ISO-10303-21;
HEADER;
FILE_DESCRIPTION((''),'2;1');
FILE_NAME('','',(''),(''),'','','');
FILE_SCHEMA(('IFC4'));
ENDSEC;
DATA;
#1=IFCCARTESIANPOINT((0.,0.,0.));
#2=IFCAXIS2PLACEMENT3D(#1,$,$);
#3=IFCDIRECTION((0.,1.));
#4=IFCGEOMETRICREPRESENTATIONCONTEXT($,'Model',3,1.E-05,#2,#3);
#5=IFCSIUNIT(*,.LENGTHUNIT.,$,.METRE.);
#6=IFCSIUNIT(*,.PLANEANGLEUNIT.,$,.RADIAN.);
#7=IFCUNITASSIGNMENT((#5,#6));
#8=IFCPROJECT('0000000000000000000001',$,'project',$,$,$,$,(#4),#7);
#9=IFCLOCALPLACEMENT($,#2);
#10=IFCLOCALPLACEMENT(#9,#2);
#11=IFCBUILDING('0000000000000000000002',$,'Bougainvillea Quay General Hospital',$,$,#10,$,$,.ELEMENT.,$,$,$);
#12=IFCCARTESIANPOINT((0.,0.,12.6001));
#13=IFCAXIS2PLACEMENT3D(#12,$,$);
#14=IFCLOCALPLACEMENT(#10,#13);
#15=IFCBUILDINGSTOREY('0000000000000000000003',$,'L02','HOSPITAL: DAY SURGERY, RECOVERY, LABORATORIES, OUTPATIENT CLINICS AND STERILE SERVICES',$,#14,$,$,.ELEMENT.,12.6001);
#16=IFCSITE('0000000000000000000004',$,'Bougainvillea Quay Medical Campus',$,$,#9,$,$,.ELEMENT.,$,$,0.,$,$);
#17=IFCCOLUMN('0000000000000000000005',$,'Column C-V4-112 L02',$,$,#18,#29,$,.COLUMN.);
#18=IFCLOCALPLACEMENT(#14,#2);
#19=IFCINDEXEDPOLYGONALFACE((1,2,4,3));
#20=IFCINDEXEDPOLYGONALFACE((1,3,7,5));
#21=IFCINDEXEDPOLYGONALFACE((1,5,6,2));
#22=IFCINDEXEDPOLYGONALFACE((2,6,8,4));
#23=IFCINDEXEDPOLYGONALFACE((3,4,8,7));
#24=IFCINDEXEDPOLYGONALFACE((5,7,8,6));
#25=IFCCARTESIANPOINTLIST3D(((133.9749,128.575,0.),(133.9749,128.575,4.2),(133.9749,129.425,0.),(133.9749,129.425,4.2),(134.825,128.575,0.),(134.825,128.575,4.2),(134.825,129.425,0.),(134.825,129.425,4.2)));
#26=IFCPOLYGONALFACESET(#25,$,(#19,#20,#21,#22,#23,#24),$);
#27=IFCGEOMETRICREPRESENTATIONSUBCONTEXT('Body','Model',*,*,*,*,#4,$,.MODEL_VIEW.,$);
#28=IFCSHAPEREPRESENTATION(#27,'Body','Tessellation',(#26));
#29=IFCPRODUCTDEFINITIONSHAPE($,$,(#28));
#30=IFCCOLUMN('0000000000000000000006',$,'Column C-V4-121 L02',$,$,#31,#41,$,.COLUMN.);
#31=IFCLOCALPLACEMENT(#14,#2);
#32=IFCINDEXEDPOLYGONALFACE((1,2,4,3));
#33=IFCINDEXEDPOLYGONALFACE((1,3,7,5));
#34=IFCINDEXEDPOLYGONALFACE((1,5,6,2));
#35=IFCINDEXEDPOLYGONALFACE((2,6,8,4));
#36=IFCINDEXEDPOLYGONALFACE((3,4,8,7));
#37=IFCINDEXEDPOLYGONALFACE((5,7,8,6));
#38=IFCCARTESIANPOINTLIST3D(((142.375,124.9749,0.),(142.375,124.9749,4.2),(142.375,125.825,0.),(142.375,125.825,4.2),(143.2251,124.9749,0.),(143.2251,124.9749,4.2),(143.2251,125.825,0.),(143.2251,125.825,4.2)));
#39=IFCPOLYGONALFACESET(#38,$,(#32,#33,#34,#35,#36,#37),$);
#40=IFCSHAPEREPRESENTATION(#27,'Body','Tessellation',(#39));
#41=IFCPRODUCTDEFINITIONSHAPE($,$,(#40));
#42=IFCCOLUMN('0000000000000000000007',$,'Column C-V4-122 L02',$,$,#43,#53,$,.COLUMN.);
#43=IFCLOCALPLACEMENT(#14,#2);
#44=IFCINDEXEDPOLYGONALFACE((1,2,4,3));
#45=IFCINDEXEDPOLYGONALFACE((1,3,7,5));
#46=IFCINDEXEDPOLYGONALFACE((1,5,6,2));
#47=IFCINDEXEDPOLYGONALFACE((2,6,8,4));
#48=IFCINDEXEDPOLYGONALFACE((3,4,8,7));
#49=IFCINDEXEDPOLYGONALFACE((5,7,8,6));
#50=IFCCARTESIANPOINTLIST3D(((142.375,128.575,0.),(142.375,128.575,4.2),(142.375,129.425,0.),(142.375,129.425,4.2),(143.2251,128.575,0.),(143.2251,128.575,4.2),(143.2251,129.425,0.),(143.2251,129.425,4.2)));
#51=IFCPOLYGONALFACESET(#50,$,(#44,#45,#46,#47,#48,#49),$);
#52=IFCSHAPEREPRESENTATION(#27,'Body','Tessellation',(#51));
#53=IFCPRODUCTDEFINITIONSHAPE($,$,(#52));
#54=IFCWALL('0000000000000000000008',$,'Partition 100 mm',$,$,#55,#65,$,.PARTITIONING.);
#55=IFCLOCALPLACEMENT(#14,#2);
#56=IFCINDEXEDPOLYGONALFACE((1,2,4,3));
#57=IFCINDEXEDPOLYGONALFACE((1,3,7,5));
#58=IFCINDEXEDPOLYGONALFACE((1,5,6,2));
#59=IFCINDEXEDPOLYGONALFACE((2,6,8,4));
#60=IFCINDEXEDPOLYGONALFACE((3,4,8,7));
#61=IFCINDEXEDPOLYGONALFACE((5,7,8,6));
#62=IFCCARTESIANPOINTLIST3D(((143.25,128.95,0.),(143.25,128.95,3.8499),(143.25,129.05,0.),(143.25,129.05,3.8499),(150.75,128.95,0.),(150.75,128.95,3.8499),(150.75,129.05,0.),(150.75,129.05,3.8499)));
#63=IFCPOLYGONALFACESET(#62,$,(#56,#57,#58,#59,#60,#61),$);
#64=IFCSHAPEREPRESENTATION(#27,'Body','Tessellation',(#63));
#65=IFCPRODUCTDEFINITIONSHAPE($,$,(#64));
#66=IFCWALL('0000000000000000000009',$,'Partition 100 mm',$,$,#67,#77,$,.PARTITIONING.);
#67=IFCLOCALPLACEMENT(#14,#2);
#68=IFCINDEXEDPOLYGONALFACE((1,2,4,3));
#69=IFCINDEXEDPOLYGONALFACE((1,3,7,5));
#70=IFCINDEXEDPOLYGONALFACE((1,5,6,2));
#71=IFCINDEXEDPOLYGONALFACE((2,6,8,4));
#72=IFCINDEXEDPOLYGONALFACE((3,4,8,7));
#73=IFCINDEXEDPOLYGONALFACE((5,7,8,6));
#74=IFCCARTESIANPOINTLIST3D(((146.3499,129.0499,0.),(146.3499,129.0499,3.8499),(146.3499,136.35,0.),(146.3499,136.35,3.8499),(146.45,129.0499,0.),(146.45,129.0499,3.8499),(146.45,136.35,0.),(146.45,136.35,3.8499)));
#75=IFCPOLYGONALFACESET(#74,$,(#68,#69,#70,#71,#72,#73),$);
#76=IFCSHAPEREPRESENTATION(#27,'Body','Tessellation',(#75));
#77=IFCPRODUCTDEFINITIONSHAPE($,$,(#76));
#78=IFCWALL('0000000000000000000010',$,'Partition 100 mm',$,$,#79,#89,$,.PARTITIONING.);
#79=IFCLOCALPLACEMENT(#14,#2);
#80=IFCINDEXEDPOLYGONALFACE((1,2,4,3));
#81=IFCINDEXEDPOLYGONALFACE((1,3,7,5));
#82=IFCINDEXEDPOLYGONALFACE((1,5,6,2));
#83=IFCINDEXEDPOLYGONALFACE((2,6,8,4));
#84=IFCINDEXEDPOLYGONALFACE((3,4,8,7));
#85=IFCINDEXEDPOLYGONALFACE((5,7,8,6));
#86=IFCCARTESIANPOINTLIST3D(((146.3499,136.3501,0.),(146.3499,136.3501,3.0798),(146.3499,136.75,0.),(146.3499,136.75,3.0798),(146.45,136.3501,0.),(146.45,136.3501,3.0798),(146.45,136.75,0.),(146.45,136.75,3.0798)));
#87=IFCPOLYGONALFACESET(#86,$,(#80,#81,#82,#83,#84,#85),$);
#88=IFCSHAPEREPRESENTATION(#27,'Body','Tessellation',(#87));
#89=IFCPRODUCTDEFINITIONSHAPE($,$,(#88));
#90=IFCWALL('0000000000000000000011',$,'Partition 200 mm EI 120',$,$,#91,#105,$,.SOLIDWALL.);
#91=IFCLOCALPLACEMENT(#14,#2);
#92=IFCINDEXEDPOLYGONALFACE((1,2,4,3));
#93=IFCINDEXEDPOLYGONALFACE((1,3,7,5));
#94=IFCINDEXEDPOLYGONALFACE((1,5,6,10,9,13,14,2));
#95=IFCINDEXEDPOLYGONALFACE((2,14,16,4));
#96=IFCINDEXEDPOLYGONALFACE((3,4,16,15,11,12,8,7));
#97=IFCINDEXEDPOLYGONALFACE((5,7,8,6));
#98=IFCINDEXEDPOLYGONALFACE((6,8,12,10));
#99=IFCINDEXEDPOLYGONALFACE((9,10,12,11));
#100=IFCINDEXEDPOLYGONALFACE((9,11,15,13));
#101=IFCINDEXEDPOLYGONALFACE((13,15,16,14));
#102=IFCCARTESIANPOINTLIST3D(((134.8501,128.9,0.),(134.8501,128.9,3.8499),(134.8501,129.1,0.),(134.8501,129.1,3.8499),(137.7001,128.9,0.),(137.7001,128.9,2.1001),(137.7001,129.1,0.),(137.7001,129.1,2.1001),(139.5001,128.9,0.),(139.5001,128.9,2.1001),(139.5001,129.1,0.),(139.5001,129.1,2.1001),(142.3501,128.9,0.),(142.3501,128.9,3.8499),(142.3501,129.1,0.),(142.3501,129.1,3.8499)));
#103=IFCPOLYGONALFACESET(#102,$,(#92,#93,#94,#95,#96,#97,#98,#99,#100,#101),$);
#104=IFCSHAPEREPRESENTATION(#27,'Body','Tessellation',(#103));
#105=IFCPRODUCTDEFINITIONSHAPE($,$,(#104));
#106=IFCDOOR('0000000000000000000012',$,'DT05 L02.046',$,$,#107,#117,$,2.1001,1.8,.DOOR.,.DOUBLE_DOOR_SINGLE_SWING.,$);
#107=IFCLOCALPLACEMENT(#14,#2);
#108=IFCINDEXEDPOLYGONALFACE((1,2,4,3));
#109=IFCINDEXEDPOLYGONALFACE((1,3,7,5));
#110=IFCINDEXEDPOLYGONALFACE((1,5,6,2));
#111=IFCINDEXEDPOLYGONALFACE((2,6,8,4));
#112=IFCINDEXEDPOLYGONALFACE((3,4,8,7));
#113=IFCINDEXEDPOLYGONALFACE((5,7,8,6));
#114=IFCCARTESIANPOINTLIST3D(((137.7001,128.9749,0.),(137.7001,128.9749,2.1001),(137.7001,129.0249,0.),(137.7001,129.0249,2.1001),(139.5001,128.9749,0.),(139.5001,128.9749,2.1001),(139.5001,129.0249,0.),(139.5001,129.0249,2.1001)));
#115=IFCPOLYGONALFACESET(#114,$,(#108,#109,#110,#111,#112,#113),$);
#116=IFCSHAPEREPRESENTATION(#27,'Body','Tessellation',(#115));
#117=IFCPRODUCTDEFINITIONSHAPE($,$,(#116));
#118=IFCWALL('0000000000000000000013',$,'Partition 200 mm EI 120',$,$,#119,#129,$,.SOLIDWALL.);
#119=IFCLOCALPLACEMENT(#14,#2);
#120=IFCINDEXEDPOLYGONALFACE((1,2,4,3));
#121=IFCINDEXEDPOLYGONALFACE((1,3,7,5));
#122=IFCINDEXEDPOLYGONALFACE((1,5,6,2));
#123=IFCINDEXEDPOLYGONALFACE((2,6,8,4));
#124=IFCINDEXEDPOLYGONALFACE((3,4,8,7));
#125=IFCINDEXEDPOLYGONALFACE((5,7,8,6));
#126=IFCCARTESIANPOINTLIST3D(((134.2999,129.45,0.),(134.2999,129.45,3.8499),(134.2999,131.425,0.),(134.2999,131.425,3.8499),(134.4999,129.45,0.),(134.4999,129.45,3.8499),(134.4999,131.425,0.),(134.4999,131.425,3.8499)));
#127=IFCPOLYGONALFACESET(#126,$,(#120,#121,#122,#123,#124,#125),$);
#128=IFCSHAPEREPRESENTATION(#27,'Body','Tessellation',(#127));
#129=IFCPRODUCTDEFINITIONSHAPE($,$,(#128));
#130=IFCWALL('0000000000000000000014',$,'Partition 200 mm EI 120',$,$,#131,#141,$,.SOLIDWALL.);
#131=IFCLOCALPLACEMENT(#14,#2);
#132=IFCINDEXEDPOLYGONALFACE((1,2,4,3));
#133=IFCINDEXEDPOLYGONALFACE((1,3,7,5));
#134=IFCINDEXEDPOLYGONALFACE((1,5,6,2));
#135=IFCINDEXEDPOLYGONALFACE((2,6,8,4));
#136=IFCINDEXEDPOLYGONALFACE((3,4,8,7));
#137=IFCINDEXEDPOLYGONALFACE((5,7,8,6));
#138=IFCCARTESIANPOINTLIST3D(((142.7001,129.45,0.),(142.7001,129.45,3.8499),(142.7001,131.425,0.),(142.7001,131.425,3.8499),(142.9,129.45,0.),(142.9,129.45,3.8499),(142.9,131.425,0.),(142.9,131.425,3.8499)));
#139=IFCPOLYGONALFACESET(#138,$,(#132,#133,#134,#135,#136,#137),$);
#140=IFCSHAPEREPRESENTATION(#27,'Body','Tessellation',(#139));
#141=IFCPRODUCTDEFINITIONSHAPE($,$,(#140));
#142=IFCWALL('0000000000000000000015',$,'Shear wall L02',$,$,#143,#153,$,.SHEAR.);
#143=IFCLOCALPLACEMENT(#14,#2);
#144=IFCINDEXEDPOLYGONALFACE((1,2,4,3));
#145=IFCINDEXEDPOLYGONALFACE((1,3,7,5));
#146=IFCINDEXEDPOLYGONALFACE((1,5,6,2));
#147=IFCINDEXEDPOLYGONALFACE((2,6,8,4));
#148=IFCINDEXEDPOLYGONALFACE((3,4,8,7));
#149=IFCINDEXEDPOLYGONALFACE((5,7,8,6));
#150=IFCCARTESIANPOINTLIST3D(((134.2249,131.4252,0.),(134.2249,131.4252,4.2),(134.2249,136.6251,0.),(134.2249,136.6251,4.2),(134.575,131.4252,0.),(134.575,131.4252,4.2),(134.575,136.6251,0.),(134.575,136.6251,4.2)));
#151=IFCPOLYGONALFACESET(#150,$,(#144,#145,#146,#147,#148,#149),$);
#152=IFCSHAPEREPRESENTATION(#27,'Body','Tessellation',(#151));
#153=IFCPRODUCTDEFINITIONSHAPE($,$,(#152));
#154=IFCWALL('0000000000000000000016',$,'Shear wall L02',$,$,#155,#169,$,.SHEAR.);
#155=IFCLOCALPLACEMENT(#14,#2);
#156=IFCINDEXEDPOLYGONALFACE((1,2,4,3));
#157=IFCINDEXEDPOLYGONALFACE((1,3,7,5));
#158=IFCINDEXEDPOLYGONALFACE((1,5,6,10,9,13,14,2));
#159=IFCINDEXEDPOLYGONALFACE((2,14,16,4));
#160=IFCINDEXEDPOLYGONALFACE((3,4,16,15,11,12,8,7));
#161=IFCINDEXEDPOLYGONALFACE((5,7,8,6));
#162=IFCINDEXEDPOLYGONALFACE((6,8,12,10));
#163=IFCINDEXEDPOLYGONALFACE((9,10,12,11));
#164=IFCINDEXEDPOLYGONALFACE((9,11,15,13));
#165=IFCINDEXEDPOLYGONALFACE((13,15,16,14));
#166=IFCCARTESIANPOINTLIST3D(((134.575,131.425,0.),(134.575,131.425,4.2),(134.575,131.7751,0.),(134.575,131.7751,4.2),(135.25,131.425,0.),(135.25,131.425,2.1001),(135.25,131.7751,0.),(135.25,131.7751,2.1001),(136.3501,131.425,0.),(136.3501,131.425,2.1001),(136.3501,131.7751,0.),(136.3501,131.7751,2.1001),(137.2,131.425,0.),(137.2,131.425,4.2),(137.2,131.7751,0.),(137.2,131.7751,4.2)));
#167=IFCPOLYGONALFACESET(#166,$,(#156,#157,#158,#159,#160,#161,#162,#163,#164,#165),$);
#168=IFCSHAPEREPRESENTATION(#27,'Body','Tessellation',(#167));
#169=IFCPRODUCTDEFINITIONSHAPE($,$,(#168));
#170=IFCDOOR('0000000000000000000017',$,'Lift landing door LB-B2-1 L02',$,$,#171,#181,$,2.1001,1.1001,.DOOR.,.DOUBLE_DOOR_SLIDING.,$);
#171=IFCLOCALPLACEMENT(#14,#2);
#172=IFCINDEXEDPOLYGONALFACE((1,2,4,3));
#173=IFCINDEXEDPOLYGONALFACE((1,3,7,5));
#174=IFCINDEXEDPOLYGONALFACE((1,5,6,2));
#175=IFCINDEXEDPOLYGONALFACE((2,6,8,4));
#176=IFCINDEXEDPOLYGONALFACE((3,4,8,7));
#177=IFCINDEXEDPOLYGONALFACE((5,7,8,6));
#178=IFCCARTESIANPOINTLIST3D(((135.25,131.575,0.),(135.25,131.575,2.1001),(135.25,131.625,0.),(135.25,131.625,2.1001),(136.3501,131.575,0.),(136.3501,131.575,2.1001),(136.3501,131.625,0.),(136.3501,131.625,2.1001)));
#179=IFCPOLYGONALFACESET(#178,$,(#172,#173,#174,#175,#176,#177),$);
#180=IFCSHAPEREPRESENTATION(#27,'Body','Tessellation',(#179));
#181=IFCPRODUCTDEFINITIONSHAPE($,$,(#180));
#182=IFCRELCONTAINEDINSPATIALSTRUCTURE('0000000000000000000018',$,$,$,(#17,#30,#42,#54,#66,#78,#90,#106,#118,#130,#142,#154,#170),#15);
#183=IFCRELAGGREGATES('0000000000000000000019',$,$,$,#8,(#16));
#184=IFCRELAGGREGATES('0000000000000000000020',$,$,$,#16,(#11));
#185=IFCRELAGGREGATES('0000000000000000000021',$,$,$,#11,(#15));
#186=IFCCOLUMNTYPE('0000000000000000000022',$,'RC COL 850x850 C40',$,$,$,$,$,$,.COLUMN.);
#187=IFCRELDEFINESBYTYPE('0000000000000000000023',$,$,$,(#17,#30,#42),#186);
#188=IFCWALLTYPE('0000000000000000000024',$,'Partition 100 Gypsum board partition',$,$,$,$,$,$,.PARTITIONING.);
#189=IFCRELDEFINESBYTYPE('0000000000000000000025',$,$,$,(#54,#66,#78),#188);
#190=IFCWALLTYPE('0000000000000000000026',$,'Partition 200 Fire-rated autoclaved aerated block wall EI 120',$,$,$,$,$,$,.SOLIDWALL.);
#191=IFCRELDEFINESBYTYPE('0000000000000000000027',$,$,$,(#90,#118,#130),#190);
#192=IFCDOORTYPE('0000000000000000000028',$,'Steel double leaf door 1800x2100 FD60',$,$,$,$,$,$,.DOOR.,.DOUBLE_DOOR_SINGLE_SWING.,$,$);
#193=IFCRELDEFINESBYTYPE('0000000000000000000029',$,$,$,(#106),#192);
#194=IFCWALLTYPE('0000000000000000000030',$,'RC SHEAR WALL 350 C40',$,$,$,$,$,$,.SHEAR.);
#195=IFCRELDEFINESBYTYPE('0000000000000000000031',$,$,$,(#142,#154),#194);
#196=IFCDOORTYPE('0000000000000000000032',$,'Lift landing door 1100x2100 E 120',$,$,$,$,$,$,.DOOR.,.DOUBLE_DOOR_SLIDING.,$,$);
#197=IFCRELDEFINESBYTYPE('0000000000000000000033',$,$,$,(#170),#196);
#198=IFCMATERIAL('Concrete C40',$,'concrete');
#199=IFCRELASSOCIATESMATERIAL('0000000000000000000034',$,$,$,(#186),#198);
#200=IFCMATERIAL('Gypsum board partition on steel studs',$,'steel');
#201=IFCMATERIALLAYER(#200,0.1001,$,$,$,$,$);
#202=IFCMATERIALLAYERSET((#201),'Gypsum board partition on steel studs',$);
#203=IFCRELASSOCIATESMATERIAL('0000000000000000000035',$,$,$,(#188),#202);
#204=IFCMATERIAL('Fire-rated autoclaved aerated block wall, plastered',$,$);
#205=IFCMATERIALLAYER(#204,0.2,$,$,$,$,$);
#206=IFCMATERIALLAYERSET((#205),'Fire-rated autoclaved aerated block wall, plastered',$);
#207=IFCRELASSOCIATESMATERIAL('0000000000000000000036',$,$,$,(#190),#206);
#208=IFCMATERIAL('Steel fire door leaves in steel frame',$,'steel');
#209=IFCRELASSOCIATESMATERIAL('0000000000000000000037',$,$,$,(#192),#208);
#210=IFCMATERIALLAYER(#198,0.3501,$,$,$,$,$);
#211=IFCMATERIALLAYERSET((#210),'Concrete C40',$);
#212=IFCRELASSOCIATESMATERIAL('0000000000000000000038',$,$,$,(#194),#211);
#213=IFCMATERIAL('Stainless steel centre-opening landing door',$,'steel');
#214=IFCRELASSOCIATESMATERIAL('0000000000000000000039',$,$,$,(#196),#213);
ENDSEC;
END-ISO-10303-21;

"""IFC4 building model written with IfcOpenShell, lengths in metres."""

from ifc_helpers import new_model, si_unit, direction, frame, frame_2d, origin, origin_2d, place, context, subcontext, project, spatial, rectangle, extrude, material, layer, layer_set, material_profile, profile_set, type_object, element, fill, save


model = new_model("IFC4")

# Units and contexts
model_context = context("Model", 3, precision=1e-05, world=origin(), true_north=direction((0.0, 1.0)))
body_context = subcontext(model_context, "Body", "Model", "MODEL_VIEW")
ifc_project = project(units=[si_unit("LENGTHUNIT", "METRE"), si_unit("PLANEANGLEUNIT", "RADIAN")], contexts=[model_context])

# Site, building, storey
site_placement = place(None, origin())
site = spatial("IfcSite", under=ifc_project, at=site_placement, Name="Bougainvillea Quay Medical Campus", CompositionType="ELEMENT", RefElevation=0.0)
building_placement = place(site_placement, origin())
building = spatial("IfcBuilding", under=site, at=building_placement, Name="Bougainvillea Quay General Hospital", CompositionType="ELEMENT")
storey_placement = place(building_placement, frame((0.0, 0.0, 12.6001)))
storey = spatial("IfcBuildingStorey", under=building, at=storey_placement, Name="L02", Description="HOSPITAL: DAY SURGERY, RECOVERY, LABORATORIES, OUTPATIENT CLINICS AND STERILE SERVICES", CompositionType="ELEMENT", Elevation=12.6001)

# Columns
ifc_material_1 = material(Name="Concrete C40", Category="concrete")
ifc_material_profile = material_profile(ifc_material_1, rectangle(XDim=0.8501, YDim=0.8501, at=origin_2d()))
ifc_profile_set = profile_set([ifc_material_profile], Name="Concrete C40")
column_type = type_object("IfcColumnType", Name="RC COL 850x850 C40", PredefinedType="COLUMN", material=ifc_profile_set)
for number, where, z_axis, x_axis, name in (
    (1, (134.3999, 129.0, 0.0), (0.0, 0.0, 1.0), (1.0, 0.0, 0.0), "Column C-V4-112 L02"),
    (2, (142.8, 125.3999, 0.0), (0.0, 0.0, 1.0), (1.0, 0.0, 0.0), "Column C-V4-121 L02"),
    (3, (142.8, 129.0, 0.0), (0.0, 0.0, 1.0), (1.0, 0.0, 0.0), "Column C-V4-122 L02"),
):
    element("IfcColumn", number, at=place(storey_placement, frame(where, z_axis=z_axis, x_axis=x_axis)), inside=storey, type_object=column_type, Name=name, PredefinedType="COLUMN", context=body_context, shape_type="SweptSolid", body=[
        extrude(rectangle(XDim=0.8501, YDim=0.8501, at=origin_2d()), origin(), (0.0, 0.0, 1.0), 4.2),
    ])

# Walls
ifc_material_2 = material(Name="Gypsum board partition on steel studs", Category="steel")
ifc_layer_1 = layer(ifc_material_2, 0.1001)
ifc_layer_set_1 = layer_set([ifc_layer_1], Name="Gypsum board partition on steel studs")
wall_type_1 = type_object("IfcWallType", Name="Partition 100 Gypsum board partition", PredefinedType="PARTITIONING", material=ifc_layer_set_1)
wall_1_placement = place(storey_placement, frame((143.25, 129.0, 0.0), z_axis=(0.0, 0.0, 1.0), x_axis=(1.0, 0.0, 0.0)))
element("IfcWall", 4, at=wall_1_placement, inside=storey, type_object=wall_type_1, Name="Partition 100 mm", PredefinedType="PARTITIONING", context=body_context, shape_type="SweptSolid", body=[
    extrude(rectangle(XDim=7.5, YDim=0.1001, at=frame_2d((3.75, 0.0))), origin(), (0.0, 0.0, 1.0), 3.8499),
])
wall_2_placement = place(storey_placement, frame((146.3999, 129.05, 0.0), z_axis=(0.0, 0.0, 1.0), x_axis=(0.0, 1.0, 0.0)))
element("IfcWall", 5, at=wall_2_placement, inside=storey, type_object=wall_type_1, Name="Partition 100 mm", PredefinedType="PARTITIONING", context=body_context, shape_type="SweptSolid", body=[
    extrude(rectangle(XDim=7.3, YDim=0.1001, at=frame_2d((3.6499, 0.0))), origin(), (0.0, 0.0, 1.0), 3.8499),
])
wall_3_placement = place(storey_placement, frame((146.3999, 136.3501, 0.0), z_axis=(0.0, 0.0, 1.0), x_axis=(0.0, 1.0, 0.0)))
element("IfcWall", 6, at=wall_3_placement, inside=storey, type_object=wall_type_1, Name="Partition 100 mm", PredefinedType="PARTITIONING", context=body_context, shape_type="SweptSolid", body=[
    extrude(rectangle(XDim=0.3999, YDim=0.1001, at=frame_2d((0.2, 0.0))), origin(), (0.0, 0.0, 1.0), 3.0798),
])

# Wall, opening, door
ifc_material_3 = material(Name="Fire-rated autoclaved aerated block wall, plastered")
ifc_layer_2 = layer(ifc_material_3, 0.2)
ifc_layer_set_2 = layer_set([ifc_layer_2], Name="Fire-rated autoclaved aerated block wall, plastered")
wall_type_2 = type_object("IfcWallType", Name="Partition 200 Fire-rated autoclaved aerated block wall EI 120", PredefinedType="SOLIDWALL", material=ifc_layer_set_2)
wall_4_placement = place(storey_placement, frame((134.8501, 129.0, 0.0), z_axis=(0.0, 0.0, 1.0), x_axis=(1.0, 0.0, 0.0)))
wall_4 = element("IfcWall", 7, at=wall_4_placement, inside=storey, type_object=wall_type_2, Name="Partition 200 mm EI 120", PredefinedType="SOLIDWALL", context=body_context, shape_type="SweptSolid", body=[
    extrude(rectangle(XDim=7.5, YDim=0.2, at=frame_2d((3.75, 0.0))), origin(), (0.0, 0.0, 1.0), 3.8499),
])
opening_1_placement = place(wall_4_placement, frame((2.8501, 0.0, 0.0)))
opening_1 = element("IfcOpeningElement", 8, at=opening_1_placement, cuts=wall_4, PredefinedType="OPENING", context=body_context, shape_type="SweptSolid", body=[
    extrude(rectangle(XDim=1.8, YDim=2.1001, at=frame_2d((0.8999, 1.05))), frame((0.0, 0.1099, 0.0), z_axis=(0.0, -1.0, 0.0), x_axis=(1.0, 0.0, 0.0)), (0.0, 0.0, 1.0), 0.22),
])
ifc_material_4 = material(Name="Steel fire door leaves in steel frame", Category="steel")
door_type_1 = type_object("IfcDoorType", Name="Steel double leaf door 1800x2100 FD60", OperationType="DOUBLE_DOOR_SINGLE_SWING", PredefinedType="DOOR", material=ifc_material_4)
door_1_placement = place(opening_1_placement, origin())
door_1 = element("IfcDoor", 9, at=door_1_placement, inside=storey, type_object=door_type_1, Name="DT05 L02.046", OperationType="DOUBLE_DOOR_SINGLE_SWING", OverallHeight=2.1001, OverallWidth=1.8, PredefinedType="DOOR", context=body_context, shape_type="SweptSolid", body=[
    extrude(rectangle(XDim=1.8, YDim=2.1001, at=frame_2d((0.8999, 1.05))), frame((0.0, 0.0249, 0.0), z_axis=(0.0, -1.0, 0.0), x_axis=(1.0, 0.0, 0.0)), (0.0, 0.0, 1.0), 0.05),
])
fill(opening_1, door_1)

# Walls
for number, where, z_axis, x_axis, name in (
    (10, (134.3999, 129.45, 0.0), (0.0, 0.0, 1.0), (0.0, 1.0, 0.0), "Partition 200 mm EI 120"),
    (11, (142.8, 129.45, 0.0), (0.0, 0.0, 1.0), (0.0, 1.0, 0.0), "Partition 200 mm EI 120"),
):
    element("IfcWall", number, at=place(storey_placement, frame(where, z_axis=z_axis, x_axis=x_axis)), inside=storey, type_object=wall_type_2, Name=name, PredefinedType="SOLIDWALL", context=body_context, shape_type="SweptSolid", body=[
        extrude(rectangle(XDim=1.9751, YDim=0.2, at=frame_2d((0.9875, 0.0))), origin(), (0.0, 0.0, 1.0), 3.8499),
    ])
ifc_layer_3 = layer(ifc_material_1, 0.3501)
ifc_layer_set_3 = layer_set([ifc_layer_3], Name="Concrete C40")
wall_type_3 = type_object("IfcWallType", Name="RC SHEAR WALL 350 C40", PredefinedType="SHEAR", material=ifc_layer_set_3)
wall_5_placement = place(storey_placement, frame((134.3999, 131.425, 0.0), z_axis=(0.0, 0.0, 1.0), x_axis=(0.0, 1.0, 0.0)))
element("IfcWall", 12, at=wall_5_placement, inside=storey, type_object=wall_type_3, Name="Shear wall L02", PredefinedType="SHEAR", context=body_context, shape_type="SweptSolid", body=[
    extrude(rectangle(XDim=5.2, YDim=0.3501, at=frame_2d((2.6001, 0.0))), origin(), (0.0, 0.0, 1.0), 4.2),
])

# Wall, opening, door
wall_6_placement = place(storey_placement, frame((134.575, 131.6001, 0.0), z_axis=(0.0, 0.0, 1.0), x_axis=(1.0, 0.0, 0.0)))
wall_6 = element("IfcWall", 13, at=wall_6_placement, inside=storey, type_object=wall_type_3, Name="Shear wall L02", PredefinedType="SHEAR", context=body_context, shape_type="SweptSolid", body=[
    extrude(rectangle(XDim=2.625, YDim=0.3501, at=frame_2d((1.3125, 0.0))), origin(), (0.0, 0.0, 1.0), 4.2),
])
opening_2_placement = place(wall_6_placement, frame((0.675, 0.0, 0.0)))
opening_2 = element("IfcOpeningElement", 14, at=opening_2_placement, cuts=wall_6, PredefinedType="OPENING", context=body_context, shape_type="SweptSolid", body=[
    extrude(rectangle(XDim=1.1001, YDim=2.1001, at=frame_2d((0.55, 1.05))), frame((0.0, 0.1851, 0.0), z_axis=(0.0, -1.0, 0.0), x_axis=(1.0, 0.0, 0.0)), (0.0, 0.0, 1.0), 0.3701),
])
ifc_material_5 = material(Name="Stainless steel centre-opening landing door", Category="steel")
door_type_2 = type_object("IfcDoorType", Name="Lift landing door 1100x2100 E 120", OperationType="DOUBLE_DOOR_SLIDING", PredefinedType="DOOR", material=ifc_material_5)
door_2_placement = place(opening_2_placement, origin())
door_2 = element("IfcDoor", 15, at=door_2_placement, inside=storey, type_object=door_type_2, Name="Lift landing door LB-B2-1 L02", OperationType="DOUBLE_DOOR_SLIDING", OverallHeight=2.1001, OverallWidth=1.1001, PredefinedType="DOOR", context=body_context, shape_type="SweptSolid", body=[
    extrude(rectangle(XDim=1.1001, YDim=2.1001, at=frame_2d((0.55, 1.05))), frame((0.0, 0.0249, 0.0), z_axis=(0.0, -1.0, 0.0), x_axis=(1.0, 0.0, 0.0)), (0.0, 0.0, 1.0), 0.05),
])
fill(opening_2, door_2)

save(model, "model.ifc")
